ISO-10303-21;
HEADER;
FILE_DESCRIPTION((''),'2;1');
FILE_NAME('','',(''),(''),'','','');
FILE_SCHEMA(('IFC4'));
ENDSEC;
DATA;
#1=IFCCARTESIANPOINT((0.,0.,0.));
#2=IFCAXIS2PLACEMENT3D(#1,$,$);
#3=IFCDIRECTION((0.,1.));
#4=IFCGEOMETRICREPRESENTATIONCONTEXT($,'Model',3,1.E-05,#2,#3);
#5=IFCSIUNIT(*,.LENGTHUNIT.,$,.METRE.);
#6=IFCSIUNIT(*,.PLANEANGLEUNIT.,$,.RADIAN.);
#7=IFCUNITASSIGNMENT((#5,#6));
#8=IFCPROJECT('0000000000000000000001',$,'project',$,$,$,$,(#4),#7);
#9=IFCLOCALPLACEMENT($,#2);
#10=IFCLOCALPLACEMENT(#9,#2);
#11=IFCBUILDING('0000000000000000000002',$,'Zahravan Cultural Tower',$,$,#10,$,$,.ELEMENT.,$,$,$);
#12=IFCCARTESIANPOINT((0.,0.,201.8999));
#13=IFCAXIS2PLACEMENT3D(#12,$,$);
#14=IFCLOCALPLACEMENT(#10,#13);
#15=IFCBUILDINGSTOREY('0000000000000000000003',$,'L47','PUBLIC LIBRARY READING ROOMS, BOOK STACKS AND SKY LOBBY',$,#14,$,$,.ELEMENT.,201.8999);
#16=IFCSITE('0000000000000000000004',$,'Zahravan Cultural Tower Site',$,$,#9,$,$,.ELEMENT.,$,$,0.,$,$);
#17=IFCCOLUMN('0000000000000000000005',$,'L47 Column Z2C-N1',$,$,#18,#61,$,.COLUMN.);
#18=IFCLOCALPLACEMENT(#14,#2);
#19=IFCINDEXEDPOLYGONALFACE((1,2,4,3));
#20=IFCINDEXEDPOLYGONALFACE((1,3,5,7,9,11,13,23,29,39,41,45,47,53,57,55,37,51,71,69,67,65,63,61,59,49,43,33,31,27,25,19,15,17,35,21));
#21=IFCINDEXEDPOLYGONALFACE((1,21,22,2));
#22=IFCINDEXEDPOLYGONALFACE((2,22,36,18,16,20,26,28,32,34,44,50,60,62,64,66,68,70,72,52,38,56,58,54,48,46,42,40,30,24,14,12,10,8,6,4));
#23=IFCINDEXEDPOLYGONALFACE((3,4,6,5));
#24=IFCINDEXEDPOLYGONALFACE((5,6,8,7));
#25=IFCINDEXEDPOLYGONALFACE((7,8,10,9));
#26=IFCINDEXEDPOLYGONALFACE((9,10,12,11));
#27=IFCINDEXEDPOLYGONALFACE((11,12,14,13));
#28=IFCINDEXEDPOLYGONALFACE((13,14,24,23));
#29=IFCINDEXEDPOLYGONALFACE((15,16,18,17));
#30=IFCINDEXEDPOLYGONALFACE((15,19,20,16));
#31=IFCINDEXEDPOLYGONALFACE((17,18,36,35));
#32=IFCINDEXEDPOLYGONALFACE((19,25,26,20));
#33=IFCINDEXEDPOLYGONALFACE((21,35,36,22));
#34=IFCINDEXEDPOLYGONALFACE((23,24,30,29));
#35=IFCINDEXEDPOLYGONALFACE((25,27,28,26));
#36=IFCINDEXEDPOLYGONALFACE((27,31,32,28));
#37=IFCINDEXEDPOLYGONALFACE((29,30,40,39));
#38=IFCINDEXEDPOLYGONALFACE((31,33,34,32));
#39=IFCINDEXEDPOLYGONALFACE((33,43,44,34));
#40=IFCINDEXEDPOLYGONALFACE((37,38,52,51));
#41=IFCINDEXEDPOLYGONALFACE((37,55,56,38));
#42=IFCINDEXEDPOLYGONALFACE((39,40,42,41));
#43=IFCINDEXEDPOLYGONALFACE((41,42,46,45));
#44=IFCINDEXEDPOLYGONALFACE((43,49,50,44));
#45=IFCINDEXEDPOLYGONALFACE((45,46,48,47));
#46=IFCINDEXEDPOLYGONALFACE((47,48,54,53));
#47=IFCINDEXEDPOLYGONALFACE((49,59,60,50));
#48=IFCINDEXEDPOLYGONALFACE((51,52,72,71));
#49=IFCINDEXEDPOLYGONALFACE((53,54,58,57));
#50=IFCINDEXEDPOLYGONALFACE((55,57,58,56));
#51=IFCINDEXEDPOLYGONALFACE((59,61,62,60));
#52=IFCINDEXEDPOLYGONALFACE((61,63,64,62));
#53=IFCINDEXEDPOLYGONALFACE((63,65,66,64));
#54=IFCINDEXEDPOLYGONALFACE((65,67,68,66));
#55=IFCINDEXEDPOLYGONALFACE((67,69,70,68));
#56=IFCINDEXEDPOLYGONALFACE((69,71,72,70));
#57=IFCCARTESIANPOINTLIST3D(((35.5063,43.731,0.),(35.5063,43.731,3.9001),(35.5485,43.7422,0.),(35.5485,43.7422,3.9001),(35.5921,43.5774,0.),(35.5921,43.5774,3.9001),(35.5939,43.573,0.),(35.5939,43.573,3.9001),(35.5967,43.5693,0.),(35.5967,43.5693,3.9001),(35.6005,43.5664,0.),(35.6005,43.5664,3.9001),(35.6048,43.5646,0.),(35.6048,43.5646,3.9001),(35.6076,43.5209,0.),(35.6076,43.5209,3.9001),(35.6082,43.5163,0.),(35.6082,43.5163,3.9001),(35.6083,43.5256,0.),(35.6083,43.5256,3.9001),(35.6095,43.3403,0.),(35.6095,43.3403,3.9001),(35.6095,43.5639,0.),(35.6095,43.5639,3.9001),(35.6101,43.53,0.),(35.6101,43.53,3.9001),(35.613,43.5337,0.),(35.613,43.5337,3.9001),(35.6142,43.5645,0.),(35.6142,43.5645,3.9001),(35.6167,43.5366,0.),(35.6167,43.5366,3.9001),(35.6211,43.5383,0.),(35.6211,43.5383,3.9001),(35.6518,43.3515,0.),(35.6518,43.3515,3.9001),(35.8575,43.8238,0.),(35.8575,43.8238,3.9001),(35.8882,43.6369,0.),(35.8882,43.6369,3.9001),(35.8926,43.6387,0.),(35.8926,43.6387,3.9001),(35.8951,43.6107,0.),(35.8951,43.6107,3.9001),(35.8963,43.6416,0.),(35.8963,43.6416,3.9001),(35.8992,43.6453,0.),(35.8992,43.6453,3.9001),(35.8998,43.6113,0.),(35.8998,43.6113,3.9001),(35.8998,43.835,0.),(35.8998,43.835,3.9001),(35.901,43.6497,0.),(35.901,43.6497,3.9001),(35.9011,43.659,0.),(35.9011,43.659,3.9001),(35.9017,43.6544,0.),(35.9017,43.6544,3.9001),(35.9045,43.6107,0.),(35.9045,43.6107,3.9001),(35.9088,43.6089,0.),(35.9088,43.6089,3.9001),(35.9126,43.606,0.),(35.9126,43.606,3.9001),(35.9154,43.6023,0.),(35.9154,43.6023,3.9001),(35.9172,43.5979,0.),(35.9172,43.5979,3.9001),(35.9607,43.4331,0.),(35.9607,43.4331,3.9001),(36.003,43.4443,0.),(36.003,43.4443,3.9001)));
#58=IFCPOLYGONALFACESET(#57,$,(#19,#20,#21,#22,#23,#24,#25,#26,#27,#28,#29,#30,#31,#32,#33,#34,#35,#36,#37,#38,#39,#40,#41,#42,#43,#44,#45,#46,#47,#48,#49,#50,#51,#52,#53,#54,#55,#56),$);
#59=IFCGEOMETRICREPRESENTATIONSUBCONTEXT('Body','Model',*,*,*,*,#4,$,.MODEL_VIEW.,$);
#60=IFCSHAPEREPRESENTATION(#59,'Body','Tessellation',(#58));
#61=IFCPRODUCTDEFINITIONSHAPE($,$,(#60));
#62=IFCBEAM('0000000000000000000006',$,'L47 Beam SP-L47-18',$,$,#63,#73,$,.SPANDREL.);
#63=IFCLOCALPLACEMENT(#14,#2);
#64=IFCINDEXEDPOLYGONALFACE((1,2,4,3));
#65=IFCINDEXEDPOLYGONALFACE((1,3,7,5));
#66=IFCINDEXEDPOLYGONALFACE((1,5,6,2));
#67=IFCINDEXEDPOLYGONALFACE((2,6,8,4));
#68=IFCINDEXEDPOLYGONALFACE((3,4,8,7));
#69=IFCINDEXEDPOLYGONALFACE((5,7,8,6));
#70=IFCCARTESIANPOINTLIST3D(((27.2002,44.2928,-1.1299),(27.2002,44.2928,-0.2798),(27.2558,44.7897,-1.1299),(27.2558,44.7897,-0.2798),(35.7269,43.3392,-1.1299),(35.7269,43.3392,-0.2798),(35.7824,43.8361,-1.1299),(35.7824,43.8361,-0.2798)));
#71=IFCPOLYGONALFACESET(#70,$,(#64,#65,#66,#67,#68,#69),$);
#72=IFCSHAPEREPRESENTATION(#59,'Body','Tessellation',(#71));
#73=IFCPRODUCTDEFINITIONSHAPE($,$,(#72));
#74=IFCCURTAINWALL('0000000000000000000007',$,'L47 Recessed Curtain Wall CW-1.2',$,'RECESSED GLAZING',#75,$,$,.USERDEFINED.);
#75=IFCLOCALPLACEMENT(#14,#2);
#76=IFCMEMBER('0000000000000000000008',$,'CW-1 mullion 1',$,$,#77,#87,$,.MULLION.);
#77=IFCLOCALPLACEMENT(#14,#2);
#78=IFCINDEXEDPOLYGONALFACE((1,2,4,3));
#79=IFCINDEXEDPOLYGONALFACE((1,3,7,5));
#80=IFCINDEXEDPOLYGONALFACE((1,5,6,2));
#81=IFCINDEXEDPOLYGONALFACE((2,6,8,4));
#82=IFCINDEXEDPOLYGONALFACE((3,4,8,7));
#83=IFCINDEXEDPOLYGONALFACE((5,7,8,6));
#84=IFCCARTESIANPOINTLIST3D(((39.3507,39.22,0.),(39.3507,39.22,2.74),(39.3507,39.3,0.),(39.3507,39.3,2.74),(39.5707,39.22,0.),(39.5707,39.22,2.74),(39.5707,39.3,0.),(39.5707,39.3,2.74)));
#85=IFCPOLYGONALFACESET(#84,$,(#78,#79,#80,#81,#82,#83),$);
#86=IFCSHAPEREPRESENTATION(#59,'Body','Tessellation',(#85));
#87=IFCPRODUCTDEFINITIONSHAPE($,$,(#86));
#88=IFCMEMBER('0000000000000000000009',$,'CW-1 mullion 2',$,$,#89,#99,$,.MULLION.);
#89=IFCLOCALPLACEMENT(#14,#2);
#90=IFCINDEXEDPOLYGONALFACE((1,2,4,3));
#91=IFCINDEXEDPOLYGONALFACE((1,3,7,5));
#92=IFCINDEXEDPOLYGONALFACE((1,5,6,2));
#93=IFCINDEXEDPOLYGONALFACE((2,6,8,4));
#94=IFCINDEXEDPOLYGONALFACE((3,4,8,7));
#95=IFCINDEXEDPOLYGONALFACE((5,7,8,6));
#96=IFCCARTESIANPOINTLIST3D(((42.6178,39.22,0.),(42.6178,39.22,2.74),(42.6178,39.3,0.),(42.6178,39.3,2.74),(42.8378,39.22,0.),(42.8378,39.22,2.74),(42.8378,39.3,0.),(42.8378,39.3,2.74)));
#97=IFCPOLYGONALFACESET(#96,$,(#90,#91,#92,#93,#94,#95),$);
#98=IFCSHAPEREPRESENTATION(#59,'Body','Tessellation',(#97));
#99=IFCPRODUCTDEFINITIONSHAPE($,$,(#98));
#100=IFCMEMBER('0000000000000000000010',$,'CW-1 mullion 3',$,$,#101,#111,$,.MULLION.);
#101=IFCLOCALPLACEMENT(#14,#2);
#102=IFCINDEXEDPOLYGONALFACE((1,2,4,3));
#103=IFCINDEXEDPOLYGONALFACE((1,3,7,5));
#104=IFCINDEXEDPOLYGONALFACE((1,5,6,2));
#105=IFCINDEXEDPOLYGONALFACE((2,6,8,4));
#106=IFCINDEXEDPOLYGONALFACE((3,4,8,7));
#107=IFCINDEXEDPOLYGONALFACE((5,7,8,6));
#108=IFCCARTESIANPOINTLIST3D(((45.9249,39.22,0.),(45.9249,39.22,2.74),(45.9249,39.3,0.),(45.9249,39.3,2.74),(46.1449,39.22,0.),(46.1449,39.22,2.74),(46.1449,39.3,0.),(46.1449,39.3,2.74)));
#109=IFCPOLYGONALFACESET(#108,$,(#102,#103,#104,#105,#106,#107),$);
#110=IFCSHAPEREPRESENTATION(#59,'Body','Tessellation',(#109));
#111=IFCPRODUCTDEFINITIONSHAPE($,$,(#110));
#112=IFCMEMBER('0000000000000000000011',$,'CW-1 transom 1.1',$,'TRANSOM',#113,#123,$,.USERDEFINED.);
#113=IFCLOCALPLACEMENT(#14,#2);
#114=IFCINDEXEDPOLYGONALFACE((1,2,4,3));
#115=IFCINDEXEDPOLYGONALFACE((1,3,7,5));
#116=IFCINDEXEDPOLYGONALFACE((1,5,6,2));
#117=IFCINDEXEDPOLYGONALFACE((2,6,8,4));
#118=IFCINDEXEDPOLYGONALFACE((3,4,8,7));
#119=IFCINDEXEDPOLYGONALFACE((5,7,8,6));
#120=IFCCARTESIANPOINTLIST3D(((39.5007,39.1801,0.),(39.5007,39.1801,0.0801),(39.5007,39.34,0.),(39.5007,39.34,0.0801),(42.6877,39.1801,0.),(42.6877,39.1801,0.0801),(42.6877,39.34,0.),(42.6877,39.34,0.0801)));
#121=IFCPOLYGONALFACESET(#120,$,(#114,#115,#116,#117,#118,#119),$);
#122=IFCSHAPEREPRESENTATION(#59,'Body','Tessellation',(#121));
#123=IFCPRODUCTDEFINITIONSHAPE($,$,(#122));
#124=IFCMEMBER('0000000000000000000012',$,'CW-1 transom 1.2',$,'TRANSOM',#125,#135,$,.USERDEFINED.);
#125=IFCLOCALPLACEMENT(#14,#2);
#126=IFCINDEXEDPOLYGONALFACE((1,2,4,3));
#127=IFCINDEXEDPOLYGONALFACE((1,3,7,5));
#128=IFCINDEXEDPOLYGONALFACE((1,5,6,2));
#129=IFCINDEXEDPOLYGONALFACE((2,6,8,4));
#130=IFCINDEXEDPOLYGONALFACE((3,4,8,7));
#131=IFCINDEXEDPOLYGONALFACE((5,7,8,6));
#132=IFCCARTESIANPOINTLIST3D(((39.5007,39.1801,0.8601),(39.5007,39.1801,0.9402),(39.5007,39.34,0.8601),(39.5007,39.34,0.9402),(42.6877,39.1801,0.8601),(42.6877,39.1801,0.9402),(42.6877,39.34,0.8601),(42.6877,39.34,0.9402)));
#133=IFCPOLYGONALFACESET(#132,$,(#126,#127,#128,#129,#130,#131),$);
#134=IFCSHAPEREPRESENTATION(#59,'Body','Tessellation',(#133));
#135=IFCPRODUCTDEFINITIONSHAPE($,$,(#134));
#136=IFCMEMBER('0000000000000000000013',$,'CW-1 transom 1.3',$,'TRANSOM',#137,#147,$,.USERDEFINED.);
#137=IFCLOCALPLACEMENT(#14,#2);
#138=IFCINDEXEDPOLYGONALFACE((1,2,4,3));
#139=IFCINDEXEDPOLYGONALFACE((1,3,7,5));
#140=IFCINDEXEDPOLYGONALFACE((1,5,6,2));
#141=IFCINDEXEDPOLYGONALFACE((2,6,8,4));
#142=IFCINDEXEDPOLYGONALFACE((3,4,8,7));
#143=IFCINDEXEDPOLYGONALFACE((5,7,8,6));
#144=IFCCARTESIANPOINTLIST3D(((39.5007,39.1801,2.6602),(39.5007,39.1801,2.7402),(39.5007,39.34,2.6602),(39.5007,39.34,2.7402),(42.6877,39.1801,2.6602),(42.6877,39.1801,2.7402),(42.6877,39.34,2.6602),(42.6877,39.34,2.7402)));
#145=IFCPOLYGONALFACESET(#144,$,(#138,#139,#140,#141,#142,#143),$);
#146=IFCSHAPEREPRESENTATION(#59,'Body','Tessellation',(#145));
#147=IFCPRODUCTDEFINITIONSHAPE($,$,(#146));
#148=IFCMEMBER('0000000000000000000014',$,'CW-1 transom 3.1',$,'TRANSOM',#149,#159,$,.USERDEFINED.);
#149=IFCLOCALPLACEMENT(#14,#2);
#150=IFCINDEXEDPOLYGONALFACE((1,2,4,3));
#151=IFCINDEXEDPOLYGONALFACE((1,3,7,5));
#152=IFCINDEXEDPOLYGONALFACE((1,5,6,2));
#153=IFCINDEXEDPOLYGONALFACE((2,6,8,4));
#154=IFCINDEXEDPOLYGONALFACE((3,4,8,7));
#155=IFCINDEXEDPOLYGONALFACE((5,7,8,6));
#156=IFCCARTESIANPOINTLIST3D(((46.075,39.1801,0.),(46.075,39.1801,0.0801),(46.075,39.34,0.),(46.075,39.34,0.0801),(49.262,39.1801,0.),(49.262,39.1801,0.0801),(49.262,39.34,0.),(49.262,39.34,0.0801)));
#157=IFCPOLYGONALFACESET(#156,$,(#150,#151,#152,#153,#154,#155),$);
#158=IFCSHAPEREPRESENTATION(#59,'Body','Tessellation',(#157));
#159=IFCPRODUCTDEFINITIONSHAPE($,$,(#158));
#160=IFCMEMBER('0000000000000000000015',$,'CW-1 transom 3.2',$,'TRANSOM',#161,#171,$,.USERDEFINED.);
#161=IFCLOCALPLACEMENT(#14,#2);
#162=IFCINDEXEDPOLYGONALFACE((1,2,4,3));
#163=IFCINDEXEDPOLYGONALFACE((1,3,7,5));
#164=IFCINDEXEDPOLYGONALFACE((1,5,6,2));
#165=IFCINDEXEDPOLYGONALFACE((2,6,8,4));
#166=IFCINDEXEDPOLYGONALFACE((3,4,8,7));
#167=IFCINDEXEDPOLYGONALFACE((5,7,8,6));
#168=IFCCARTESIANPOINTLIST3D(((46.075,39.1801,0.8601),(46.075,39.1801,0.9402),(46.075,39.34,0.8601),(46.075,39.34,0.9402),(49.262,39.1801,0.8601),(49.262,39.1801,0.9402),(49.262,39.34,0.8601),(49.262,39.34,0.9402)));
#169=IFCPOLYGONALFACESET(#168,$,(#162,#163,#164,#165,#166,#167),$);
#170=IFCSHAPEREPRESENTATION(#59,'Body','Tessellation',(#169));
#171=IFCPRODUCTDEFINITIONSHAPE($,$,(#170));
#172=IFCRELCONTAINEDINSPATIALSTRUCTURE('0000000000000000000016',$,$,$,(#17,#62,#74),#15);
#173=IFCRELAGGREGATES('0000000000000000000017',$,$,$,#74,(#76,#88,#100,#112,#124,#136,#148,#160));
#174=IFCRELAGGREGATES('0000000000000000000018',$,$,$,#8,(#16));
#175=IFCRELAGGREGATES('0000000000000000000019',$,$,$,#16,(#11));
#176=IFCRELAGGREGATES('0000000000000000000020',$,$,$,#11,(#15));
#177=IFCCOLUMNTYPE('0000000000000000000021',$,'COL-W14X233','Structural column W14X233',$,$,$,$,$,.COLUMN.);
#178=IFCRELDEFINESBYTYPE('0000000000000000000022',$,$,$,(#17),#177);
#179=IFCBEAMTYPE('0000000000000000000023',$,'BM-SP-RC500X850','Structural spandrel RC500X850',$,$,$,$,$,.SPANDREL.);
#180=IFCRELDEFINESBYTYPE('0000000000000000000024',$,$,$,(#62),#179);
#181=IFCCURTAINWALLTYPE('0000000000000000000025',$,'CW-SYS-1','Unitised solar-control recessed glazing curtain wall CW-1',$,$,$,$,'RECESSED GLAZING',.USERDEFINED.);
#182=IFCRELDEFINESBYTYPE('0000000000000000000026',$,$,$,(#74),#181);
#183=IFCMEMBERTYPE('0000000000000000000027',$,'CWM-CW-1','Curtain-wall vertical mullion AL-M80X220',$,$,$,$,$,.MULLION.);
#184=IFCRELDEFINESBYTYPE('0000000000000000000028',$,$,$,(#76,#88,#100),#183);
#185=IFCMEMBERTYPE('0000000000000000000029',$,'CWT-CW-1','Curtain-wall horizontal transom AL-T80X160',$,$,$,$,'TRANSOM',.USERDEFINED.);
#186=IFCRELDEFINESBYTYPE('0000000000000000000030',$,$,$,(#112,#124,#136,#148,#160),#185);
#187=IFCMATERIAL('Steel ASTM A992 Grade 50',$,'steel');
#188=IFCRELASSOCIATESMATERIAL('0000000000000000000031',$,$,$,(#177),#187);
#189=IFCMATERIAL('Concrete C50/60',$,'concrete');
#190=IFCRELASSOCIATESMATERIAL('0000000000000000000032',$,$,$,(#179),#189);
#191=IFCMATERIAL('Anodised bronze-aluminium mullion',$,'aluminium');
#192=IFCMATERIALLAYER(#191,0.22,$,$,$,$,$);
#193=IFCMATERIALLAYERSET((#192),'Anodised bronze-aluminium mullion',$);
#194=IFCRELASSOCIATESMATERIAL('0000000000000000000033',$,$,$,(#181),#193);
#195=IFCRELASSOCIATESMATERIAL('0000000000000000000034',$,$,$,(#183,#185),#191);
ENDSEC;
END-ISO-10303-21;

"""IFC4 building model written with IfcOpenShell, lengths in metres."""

from ifc_helpers import new_model, si_unit, direction, frame, origin, origin_2d, place, context, subcontext, project, spatial, rectangle, i_section, extrude, source, transform, mapped, material, layer, layer_set, material_profile, profile_set, type_object, element, aggregate, save


model = new_model("IFC4")

# Units and contexts
model_context = context("Model", 3, precision=1e-05, world=origin(), true_north=direction((0.0, 1.0)))
body_context = subcontext(model_context, "Body", "Model", "MODEL_VIEW")
ifc_project = project(units=[si_unit("LENGTHUNIT", "METRE"), si_unit("PLANEANGLEUNIT", "RADIAN")], contexts=[model_context])

# Site, building, storey
site_placement = place(None, origin())
site = spatial("IfcSite", under=ifc_project, at=site_placement, Name="Zahravan Cultural Tower Site", CompositionType="ELEMENT", RefElevation=0.0)
building_placement = place(site_placement, origin())
building = spatial("IfcBuilding", under=site, at=building_placement, Name="Zahravan Cultural Tower", CompositionType="ELEMENT")
storey_placement = place(building_placement, frame((0.0, 0.0, 201.8999)))
storey = spatial("IfcBuildingStorey", under=building, at=storey_placement, Name="L47", Description="PUBLIC LIBRARY READING ROOMS, BOOK STACKS AND SKY LOBBY", CompositionType="ELEMENT", Elevation=201.8999)

# Column
ifc_material_1 = material(Name="Steel ASTM A992 Grade 50", Category="steel")
ifc_material_profile_1 = material_profile(ifc_material_1, i_section(OverallWidth=0.4041, OverallDepth=0.407, WebThickness=0.0271, FlangeThickness=0.0437, FilletRadius=0.0181, at=origin_2d()), Name="W14X233")
ifc_profile_set_1 = profile_set([ifc_material_profile_1], Name="Steel ASTM A992 Grade 50")
column_type = type_object("IfcColumnType", Name="COL-W14X233", Description="Structural column W14X233", PredefinedType="COLUMN", material=ifc_profile_set_1)
shared_shape_1 = source(origin(), body_context, "Body", "SweptSolid", [
    extrude(i_section(OverallWidth=0.4041, OverallDepth=0.407, WebThickness=0.0271, FlangeThickness=0.0437, FilletRadius=0.0181, at=origin_2d()), origin(), (0.0, 0.0, 1.0), 3.9001),
])
column_placement = place(storey_placement, frame((35.7546, 43.5876, 0.0), z_axis=(0.0, 0.0, 1.0), x_axis=(-0.255446, 0.966823, 0.0)))
element("IfcColumn", 1, at=column_placement, inside=storey, type_object=column_type, Name="L47 Column Z2C-N1", PredefinedType="COLUMN", context=body_context, shape_type="MappedRepresentation", body=[
    mapped(shared_shape_1, transform((0.0, 0.0, 0.0), x_axis=(1.0, 0.0, 0.0), y_axis=(0.0, 1.0, 0.0), z_axis=(0.0, 0.0, 1.0), scale=1.0)),
])

# Beam
ifc_material_2 = material(Name="Concrete C50/60", Category="concrete")
ifc_material_profile_2 = material_profile(ifc_material_2, rectangle(XDim=0.5, YDim=0.8501, at=origin_2d()), Name="RC500X850")
ifc_profile_set_2 = profile_set([ifc_material_profile_2], Name="Concrete C50/60")
beam_type = type_object("IfcBeamType", Name="BM-SP-RC500X850", Description="Structural spandrel RC500X850", PredefinedType="SPANDREL", material=ifc_profile_set_2)
shared_shape_2 = source(origin(), body_context, "Body", "SweptSolid", [
    extrude(rectangle(XDim=0.5, YDim=0.8501, at=origin_2d()), origin(), (0.0, 0.0, 1.0), 8.5798),
])
beam_placement = place(storey_placement, frame((35.7546, 43.5876, -0.7048), z_axis=(-0.993804, 0.111147, 0.0), x_axis=(-0.111147, -0.993804, 0.0)))
element("IfcBeam", 2, at=beam_placement, inside=storey, type_object=beam_type, Name="L47 Beam SP-L47-18", PredefinedType="SPANDREL", context=body_context, shape_type="MappedRepresentation", body=[
    mapped(shared_shape_2, transform((0.0, 0.0, 0.0), x_axis=(1.0, 0.0, 0.0), y_axis=(0.0, 1.0, 0.0), z_axis=(0.0, 0.0, 1.0), scale=1.0)),
])

# Curtain wall, members
ifc_material_3 = material(Name="Anodised bronze-aluminium mullion", Category="aluminium")
ifc_layer_1 = layer(ifc_material_3, 0.22)
ifc_layer_set_1 = layer_set([ifc_layer_1], Name="Anodised bronze-aluminium mullion")
curtain_wall_type = type_object("IfcCurtainWallType", Name="CW-SYS-1", Description="Unitised solar-control recessed glazing curtain wall CW-1", ElementType="RECESSED GLAZING", PredefinedType="USERDEFINED", material=ifc_layer_set_1)
curtain_wall_placement = place(storey_placement, origin())
curtain_wall = element("IfcCurtainWall", 3, at=curtain_wall_placement, inside=storey, type_object=curtain_wall_type, Name="L47 Recessed Curtain Wall CW-1.2", ObjectType="RECESSED GLAZING", PredefinedType="USERDEFINED")
ifc_material_profile_3 = material_profile(ifc_material_3, rectangle(XDim=0.0801, YDim=0.22, at=origin_2d()), Name="AL-M80X220")
ifc_profile_set_3 = profile_set([ifc_material_profile_3], Name="Anodised bronze-aluminium mullion")
member_type_1 = type_object("IfcMemberType", Name="CWM-CW-1", Description="Curtain-wall vertical mullion AL-M80X220", PredefinedType="MULLION", material=ifc_profile_set_3)
shared_shape_3 = source(origin(), body_context, "Body", "SweptSolid", [
    extrude(rectangle(XDim=0.0801, YDim=0.22, at=origin_2d()), origin(), (0.0, 0.0, 1.0), 2.74),
])
member_1_placement = place(storey_placement, frame((39.4607, 39.26, 0.0), z_axis=(0.0, 0.0, 1.0), x_axis=(0.0, 1.0, 0.0)))
member_1 = element("IfcMember", 4, at=member_1_placement, type_object=member_type_1, Name="CW-1 mullion 1", PredefinedType="MULLION", context=body_context, shape_type="MappedRepresentation", body=[
    mapped(shared_shape_3, transform((0.0, 0.0, 0.0), x_axis=(1.0, 0.0, 0.0), y_axis=(0.0, 1.0, 0.0), z_axis=(0.0, 0.0, 1.0), scale=1.0)),
])
member_2_placement = place(storey_placement, frame((42.7278, 39.26, 0.0), z_axis=(0.0, 0.0, 1.0), x_axis=(0.0, 1.0, 0.0)))
member_2 = element("IfcMember", 5, at=member_2_placement, type_object=member_type_1, Name="CW-1 mullion 2", PredefinedType="MULLION", context=body_context, shape_type="MappedRepresentation", body=[
    mapped(shared_shape_3, transform((0.0, 0.0, 0.0), x_axis=(1.0, 0.0, 0.0), y_axis=(0.0, 1.0, 0.0), z_axis=(0.0, 0.0, 1.0), scale=1.0)),
])
member_3_placement = place(storey_placement, frame((46.0349, 39.26, 0.0), z_axis=(0.0, 0.0, 1.0), x_axis=(0.0, 1.0, 0.0)))
member_3 = element("IfcMember", 6, at=member_3_placement, type_object=member_type_1, Name="CW-1 mullion 3", PredefinedType="MULLION", context=body_context, shape_type="MappedRepresentation", body=[
    mapped(shared_shape_3, transform((0.0, 0.0, 0.0), x_axis=(1.0, 0.0, 0.0), y_axis=(0.0, 1.0, 0.0), z_axis=(0.0, 0.0, 1.0), scale=1.0)),
])
ifc_material_profile_4 = material_profile(ifc_material_3, rectangle(XDim=0.1599, YDim=0.0801, at=origin_2d()), Name="AL-T80X160")
ifc_profile_set_4 = profile_set([ifc_material_profile_4], Name="Anodised bronze-aluminium mullion")
member_type_2 = type_object("IfcMemberType", Name="CWT-CW-1", Description="Curtain-wall horizontal transom AL-T80X160", ElementType="TRANSOM", PredefinedType="USERDEFINED", material=ifc_profile_set_4)
shared_shape_4 = source(origin(), body_context, "Body", "SweptSolid", [
    extrude(rectangle(XDim=0.1599, YDim=0.0801, at=origin_2d()), origin(), (0.0, 0.0, 1.0), 3.187),
])
member_4_placement = place(storey_placement, frame((39.5007, 39.26, 0.04), z_axis=(1.0, 0.0, 0.0), x_axis=(0.0, 1.0, 0.0)))
member_4 = element("IfcMember", 7, at=member_4_placement, type_object=member_type_2, Name="CW-1 transom 1.1", ObjectType="TRANSOM", PredefinedType="USERDEFINED", context=body_context, shape_type="MappedRepresentation", body=[
    mapped(shared_shape_4, transform((0.0, 0.0, 0.0), x_axis=(1.0, 0.0, 0.0), y_axis=(0.0, 1.0, 0.0), z_axis=(0.0, 0.0, 1.0), scale=1.0)),
])
member_5_placement = place(storey_placement, frame((39.5007, 39.26, 0.9001), z_axis=(1.0, 0.0, 0.0), x_axis=(0.0, 1.0, 0.0)))
member_5 = element("IfcMember", 8, at=member_5_placement, type_object=member_type_2, Name="CW-1 transom 1.2", ObjectType="TRANSOM", PredefinedType="USERDEFINED", context=body_context, shape_type="MappedRepresentation", body=[
    mapped(shared_shape_4, transform((0.0, 0.0, 0.0), x_axis=(1.0, 0.0, 0.0), y_axis=(0.0, 1.0, 0.0), z_axis=(0.0, 0.0, 1.0), scale=1.0)),
])
member_6_placement = place(storey_placement, frame((39.5007, 39.26, 2.7002), z_axis=(1.0, 0.0, 0.0), x_axis=(0.0, 1.0, 0.0)))
member_6 = element("IfcMember", 9, at=member_6_placement, type_object=member_type_2, Name="CW-1 transom 1.3", ObjectType="TRANSOM", PredefinedType="USERDEFINED", context=body_context, shape_type="MappedRepresentation", body=[
    mapped(shared_shape_4, transform((0.0, 0.0, 0.0), x_axis=(1.0, 0.0, 0.0), y_axis=(0.0, 1.0, 0.0), z_axis=(0.0, 0.0, 1.0), scale=1.0)),
])
member_7_placement = place(storey_placement, frame((46.075, 39.26, 0.04), z_axis=(1.0, 0.0, 0.0), x_axis=(0.0, 1.0, 0.0)))
member_7 = element("IfcMember", 10, at=member_7_placement, type_object=member_type_2, Name="CW-1 transom 3.1", ObjectType="TRANSOM", PredefinedType="USERDEFINED", context=body_context, shape_type="MappedRepresentation", body=[
    mapped(shared_shape_4, transform((0.0, 0.0, 0.0), x_axis=(1.0, 0.0, 0.0), y_axis=(0.0, 1.0, 0.0), z_axis=(0.0, 0.0, 1.0), scale=1.0)),
])
member_8_placement = place(storey_placement, frame((46.075, 39.26, 0.9001), z_axis=(1.0, 0.0, 0.0), x_axis=(0.0, 1.0, 0.0)))
member_8 = element("IfcMember", 11, at=member_8_placement, type_object=member_type_2, Name="CW-1 transom 3.2", ObjectType="TRANSOM", PredefinedType="USERDEFINED", context=body_context, shape_type="MappedRepresentation", body=[
    mapped(shared_shape_4, transform((0.0, 0.0, 0.0), x_axis=(1.0, 0.0, 0.0), y_axis=(0.0, 1.0, 0.0), z_axis=(0.0, 0.0, 1.0), scale=1.0)),
])
aggregate(curtain_wall, [member_1, member_2, member_3, member_4, member_5, member_6, member_7, member_8])

save(model, "model.ifc")
